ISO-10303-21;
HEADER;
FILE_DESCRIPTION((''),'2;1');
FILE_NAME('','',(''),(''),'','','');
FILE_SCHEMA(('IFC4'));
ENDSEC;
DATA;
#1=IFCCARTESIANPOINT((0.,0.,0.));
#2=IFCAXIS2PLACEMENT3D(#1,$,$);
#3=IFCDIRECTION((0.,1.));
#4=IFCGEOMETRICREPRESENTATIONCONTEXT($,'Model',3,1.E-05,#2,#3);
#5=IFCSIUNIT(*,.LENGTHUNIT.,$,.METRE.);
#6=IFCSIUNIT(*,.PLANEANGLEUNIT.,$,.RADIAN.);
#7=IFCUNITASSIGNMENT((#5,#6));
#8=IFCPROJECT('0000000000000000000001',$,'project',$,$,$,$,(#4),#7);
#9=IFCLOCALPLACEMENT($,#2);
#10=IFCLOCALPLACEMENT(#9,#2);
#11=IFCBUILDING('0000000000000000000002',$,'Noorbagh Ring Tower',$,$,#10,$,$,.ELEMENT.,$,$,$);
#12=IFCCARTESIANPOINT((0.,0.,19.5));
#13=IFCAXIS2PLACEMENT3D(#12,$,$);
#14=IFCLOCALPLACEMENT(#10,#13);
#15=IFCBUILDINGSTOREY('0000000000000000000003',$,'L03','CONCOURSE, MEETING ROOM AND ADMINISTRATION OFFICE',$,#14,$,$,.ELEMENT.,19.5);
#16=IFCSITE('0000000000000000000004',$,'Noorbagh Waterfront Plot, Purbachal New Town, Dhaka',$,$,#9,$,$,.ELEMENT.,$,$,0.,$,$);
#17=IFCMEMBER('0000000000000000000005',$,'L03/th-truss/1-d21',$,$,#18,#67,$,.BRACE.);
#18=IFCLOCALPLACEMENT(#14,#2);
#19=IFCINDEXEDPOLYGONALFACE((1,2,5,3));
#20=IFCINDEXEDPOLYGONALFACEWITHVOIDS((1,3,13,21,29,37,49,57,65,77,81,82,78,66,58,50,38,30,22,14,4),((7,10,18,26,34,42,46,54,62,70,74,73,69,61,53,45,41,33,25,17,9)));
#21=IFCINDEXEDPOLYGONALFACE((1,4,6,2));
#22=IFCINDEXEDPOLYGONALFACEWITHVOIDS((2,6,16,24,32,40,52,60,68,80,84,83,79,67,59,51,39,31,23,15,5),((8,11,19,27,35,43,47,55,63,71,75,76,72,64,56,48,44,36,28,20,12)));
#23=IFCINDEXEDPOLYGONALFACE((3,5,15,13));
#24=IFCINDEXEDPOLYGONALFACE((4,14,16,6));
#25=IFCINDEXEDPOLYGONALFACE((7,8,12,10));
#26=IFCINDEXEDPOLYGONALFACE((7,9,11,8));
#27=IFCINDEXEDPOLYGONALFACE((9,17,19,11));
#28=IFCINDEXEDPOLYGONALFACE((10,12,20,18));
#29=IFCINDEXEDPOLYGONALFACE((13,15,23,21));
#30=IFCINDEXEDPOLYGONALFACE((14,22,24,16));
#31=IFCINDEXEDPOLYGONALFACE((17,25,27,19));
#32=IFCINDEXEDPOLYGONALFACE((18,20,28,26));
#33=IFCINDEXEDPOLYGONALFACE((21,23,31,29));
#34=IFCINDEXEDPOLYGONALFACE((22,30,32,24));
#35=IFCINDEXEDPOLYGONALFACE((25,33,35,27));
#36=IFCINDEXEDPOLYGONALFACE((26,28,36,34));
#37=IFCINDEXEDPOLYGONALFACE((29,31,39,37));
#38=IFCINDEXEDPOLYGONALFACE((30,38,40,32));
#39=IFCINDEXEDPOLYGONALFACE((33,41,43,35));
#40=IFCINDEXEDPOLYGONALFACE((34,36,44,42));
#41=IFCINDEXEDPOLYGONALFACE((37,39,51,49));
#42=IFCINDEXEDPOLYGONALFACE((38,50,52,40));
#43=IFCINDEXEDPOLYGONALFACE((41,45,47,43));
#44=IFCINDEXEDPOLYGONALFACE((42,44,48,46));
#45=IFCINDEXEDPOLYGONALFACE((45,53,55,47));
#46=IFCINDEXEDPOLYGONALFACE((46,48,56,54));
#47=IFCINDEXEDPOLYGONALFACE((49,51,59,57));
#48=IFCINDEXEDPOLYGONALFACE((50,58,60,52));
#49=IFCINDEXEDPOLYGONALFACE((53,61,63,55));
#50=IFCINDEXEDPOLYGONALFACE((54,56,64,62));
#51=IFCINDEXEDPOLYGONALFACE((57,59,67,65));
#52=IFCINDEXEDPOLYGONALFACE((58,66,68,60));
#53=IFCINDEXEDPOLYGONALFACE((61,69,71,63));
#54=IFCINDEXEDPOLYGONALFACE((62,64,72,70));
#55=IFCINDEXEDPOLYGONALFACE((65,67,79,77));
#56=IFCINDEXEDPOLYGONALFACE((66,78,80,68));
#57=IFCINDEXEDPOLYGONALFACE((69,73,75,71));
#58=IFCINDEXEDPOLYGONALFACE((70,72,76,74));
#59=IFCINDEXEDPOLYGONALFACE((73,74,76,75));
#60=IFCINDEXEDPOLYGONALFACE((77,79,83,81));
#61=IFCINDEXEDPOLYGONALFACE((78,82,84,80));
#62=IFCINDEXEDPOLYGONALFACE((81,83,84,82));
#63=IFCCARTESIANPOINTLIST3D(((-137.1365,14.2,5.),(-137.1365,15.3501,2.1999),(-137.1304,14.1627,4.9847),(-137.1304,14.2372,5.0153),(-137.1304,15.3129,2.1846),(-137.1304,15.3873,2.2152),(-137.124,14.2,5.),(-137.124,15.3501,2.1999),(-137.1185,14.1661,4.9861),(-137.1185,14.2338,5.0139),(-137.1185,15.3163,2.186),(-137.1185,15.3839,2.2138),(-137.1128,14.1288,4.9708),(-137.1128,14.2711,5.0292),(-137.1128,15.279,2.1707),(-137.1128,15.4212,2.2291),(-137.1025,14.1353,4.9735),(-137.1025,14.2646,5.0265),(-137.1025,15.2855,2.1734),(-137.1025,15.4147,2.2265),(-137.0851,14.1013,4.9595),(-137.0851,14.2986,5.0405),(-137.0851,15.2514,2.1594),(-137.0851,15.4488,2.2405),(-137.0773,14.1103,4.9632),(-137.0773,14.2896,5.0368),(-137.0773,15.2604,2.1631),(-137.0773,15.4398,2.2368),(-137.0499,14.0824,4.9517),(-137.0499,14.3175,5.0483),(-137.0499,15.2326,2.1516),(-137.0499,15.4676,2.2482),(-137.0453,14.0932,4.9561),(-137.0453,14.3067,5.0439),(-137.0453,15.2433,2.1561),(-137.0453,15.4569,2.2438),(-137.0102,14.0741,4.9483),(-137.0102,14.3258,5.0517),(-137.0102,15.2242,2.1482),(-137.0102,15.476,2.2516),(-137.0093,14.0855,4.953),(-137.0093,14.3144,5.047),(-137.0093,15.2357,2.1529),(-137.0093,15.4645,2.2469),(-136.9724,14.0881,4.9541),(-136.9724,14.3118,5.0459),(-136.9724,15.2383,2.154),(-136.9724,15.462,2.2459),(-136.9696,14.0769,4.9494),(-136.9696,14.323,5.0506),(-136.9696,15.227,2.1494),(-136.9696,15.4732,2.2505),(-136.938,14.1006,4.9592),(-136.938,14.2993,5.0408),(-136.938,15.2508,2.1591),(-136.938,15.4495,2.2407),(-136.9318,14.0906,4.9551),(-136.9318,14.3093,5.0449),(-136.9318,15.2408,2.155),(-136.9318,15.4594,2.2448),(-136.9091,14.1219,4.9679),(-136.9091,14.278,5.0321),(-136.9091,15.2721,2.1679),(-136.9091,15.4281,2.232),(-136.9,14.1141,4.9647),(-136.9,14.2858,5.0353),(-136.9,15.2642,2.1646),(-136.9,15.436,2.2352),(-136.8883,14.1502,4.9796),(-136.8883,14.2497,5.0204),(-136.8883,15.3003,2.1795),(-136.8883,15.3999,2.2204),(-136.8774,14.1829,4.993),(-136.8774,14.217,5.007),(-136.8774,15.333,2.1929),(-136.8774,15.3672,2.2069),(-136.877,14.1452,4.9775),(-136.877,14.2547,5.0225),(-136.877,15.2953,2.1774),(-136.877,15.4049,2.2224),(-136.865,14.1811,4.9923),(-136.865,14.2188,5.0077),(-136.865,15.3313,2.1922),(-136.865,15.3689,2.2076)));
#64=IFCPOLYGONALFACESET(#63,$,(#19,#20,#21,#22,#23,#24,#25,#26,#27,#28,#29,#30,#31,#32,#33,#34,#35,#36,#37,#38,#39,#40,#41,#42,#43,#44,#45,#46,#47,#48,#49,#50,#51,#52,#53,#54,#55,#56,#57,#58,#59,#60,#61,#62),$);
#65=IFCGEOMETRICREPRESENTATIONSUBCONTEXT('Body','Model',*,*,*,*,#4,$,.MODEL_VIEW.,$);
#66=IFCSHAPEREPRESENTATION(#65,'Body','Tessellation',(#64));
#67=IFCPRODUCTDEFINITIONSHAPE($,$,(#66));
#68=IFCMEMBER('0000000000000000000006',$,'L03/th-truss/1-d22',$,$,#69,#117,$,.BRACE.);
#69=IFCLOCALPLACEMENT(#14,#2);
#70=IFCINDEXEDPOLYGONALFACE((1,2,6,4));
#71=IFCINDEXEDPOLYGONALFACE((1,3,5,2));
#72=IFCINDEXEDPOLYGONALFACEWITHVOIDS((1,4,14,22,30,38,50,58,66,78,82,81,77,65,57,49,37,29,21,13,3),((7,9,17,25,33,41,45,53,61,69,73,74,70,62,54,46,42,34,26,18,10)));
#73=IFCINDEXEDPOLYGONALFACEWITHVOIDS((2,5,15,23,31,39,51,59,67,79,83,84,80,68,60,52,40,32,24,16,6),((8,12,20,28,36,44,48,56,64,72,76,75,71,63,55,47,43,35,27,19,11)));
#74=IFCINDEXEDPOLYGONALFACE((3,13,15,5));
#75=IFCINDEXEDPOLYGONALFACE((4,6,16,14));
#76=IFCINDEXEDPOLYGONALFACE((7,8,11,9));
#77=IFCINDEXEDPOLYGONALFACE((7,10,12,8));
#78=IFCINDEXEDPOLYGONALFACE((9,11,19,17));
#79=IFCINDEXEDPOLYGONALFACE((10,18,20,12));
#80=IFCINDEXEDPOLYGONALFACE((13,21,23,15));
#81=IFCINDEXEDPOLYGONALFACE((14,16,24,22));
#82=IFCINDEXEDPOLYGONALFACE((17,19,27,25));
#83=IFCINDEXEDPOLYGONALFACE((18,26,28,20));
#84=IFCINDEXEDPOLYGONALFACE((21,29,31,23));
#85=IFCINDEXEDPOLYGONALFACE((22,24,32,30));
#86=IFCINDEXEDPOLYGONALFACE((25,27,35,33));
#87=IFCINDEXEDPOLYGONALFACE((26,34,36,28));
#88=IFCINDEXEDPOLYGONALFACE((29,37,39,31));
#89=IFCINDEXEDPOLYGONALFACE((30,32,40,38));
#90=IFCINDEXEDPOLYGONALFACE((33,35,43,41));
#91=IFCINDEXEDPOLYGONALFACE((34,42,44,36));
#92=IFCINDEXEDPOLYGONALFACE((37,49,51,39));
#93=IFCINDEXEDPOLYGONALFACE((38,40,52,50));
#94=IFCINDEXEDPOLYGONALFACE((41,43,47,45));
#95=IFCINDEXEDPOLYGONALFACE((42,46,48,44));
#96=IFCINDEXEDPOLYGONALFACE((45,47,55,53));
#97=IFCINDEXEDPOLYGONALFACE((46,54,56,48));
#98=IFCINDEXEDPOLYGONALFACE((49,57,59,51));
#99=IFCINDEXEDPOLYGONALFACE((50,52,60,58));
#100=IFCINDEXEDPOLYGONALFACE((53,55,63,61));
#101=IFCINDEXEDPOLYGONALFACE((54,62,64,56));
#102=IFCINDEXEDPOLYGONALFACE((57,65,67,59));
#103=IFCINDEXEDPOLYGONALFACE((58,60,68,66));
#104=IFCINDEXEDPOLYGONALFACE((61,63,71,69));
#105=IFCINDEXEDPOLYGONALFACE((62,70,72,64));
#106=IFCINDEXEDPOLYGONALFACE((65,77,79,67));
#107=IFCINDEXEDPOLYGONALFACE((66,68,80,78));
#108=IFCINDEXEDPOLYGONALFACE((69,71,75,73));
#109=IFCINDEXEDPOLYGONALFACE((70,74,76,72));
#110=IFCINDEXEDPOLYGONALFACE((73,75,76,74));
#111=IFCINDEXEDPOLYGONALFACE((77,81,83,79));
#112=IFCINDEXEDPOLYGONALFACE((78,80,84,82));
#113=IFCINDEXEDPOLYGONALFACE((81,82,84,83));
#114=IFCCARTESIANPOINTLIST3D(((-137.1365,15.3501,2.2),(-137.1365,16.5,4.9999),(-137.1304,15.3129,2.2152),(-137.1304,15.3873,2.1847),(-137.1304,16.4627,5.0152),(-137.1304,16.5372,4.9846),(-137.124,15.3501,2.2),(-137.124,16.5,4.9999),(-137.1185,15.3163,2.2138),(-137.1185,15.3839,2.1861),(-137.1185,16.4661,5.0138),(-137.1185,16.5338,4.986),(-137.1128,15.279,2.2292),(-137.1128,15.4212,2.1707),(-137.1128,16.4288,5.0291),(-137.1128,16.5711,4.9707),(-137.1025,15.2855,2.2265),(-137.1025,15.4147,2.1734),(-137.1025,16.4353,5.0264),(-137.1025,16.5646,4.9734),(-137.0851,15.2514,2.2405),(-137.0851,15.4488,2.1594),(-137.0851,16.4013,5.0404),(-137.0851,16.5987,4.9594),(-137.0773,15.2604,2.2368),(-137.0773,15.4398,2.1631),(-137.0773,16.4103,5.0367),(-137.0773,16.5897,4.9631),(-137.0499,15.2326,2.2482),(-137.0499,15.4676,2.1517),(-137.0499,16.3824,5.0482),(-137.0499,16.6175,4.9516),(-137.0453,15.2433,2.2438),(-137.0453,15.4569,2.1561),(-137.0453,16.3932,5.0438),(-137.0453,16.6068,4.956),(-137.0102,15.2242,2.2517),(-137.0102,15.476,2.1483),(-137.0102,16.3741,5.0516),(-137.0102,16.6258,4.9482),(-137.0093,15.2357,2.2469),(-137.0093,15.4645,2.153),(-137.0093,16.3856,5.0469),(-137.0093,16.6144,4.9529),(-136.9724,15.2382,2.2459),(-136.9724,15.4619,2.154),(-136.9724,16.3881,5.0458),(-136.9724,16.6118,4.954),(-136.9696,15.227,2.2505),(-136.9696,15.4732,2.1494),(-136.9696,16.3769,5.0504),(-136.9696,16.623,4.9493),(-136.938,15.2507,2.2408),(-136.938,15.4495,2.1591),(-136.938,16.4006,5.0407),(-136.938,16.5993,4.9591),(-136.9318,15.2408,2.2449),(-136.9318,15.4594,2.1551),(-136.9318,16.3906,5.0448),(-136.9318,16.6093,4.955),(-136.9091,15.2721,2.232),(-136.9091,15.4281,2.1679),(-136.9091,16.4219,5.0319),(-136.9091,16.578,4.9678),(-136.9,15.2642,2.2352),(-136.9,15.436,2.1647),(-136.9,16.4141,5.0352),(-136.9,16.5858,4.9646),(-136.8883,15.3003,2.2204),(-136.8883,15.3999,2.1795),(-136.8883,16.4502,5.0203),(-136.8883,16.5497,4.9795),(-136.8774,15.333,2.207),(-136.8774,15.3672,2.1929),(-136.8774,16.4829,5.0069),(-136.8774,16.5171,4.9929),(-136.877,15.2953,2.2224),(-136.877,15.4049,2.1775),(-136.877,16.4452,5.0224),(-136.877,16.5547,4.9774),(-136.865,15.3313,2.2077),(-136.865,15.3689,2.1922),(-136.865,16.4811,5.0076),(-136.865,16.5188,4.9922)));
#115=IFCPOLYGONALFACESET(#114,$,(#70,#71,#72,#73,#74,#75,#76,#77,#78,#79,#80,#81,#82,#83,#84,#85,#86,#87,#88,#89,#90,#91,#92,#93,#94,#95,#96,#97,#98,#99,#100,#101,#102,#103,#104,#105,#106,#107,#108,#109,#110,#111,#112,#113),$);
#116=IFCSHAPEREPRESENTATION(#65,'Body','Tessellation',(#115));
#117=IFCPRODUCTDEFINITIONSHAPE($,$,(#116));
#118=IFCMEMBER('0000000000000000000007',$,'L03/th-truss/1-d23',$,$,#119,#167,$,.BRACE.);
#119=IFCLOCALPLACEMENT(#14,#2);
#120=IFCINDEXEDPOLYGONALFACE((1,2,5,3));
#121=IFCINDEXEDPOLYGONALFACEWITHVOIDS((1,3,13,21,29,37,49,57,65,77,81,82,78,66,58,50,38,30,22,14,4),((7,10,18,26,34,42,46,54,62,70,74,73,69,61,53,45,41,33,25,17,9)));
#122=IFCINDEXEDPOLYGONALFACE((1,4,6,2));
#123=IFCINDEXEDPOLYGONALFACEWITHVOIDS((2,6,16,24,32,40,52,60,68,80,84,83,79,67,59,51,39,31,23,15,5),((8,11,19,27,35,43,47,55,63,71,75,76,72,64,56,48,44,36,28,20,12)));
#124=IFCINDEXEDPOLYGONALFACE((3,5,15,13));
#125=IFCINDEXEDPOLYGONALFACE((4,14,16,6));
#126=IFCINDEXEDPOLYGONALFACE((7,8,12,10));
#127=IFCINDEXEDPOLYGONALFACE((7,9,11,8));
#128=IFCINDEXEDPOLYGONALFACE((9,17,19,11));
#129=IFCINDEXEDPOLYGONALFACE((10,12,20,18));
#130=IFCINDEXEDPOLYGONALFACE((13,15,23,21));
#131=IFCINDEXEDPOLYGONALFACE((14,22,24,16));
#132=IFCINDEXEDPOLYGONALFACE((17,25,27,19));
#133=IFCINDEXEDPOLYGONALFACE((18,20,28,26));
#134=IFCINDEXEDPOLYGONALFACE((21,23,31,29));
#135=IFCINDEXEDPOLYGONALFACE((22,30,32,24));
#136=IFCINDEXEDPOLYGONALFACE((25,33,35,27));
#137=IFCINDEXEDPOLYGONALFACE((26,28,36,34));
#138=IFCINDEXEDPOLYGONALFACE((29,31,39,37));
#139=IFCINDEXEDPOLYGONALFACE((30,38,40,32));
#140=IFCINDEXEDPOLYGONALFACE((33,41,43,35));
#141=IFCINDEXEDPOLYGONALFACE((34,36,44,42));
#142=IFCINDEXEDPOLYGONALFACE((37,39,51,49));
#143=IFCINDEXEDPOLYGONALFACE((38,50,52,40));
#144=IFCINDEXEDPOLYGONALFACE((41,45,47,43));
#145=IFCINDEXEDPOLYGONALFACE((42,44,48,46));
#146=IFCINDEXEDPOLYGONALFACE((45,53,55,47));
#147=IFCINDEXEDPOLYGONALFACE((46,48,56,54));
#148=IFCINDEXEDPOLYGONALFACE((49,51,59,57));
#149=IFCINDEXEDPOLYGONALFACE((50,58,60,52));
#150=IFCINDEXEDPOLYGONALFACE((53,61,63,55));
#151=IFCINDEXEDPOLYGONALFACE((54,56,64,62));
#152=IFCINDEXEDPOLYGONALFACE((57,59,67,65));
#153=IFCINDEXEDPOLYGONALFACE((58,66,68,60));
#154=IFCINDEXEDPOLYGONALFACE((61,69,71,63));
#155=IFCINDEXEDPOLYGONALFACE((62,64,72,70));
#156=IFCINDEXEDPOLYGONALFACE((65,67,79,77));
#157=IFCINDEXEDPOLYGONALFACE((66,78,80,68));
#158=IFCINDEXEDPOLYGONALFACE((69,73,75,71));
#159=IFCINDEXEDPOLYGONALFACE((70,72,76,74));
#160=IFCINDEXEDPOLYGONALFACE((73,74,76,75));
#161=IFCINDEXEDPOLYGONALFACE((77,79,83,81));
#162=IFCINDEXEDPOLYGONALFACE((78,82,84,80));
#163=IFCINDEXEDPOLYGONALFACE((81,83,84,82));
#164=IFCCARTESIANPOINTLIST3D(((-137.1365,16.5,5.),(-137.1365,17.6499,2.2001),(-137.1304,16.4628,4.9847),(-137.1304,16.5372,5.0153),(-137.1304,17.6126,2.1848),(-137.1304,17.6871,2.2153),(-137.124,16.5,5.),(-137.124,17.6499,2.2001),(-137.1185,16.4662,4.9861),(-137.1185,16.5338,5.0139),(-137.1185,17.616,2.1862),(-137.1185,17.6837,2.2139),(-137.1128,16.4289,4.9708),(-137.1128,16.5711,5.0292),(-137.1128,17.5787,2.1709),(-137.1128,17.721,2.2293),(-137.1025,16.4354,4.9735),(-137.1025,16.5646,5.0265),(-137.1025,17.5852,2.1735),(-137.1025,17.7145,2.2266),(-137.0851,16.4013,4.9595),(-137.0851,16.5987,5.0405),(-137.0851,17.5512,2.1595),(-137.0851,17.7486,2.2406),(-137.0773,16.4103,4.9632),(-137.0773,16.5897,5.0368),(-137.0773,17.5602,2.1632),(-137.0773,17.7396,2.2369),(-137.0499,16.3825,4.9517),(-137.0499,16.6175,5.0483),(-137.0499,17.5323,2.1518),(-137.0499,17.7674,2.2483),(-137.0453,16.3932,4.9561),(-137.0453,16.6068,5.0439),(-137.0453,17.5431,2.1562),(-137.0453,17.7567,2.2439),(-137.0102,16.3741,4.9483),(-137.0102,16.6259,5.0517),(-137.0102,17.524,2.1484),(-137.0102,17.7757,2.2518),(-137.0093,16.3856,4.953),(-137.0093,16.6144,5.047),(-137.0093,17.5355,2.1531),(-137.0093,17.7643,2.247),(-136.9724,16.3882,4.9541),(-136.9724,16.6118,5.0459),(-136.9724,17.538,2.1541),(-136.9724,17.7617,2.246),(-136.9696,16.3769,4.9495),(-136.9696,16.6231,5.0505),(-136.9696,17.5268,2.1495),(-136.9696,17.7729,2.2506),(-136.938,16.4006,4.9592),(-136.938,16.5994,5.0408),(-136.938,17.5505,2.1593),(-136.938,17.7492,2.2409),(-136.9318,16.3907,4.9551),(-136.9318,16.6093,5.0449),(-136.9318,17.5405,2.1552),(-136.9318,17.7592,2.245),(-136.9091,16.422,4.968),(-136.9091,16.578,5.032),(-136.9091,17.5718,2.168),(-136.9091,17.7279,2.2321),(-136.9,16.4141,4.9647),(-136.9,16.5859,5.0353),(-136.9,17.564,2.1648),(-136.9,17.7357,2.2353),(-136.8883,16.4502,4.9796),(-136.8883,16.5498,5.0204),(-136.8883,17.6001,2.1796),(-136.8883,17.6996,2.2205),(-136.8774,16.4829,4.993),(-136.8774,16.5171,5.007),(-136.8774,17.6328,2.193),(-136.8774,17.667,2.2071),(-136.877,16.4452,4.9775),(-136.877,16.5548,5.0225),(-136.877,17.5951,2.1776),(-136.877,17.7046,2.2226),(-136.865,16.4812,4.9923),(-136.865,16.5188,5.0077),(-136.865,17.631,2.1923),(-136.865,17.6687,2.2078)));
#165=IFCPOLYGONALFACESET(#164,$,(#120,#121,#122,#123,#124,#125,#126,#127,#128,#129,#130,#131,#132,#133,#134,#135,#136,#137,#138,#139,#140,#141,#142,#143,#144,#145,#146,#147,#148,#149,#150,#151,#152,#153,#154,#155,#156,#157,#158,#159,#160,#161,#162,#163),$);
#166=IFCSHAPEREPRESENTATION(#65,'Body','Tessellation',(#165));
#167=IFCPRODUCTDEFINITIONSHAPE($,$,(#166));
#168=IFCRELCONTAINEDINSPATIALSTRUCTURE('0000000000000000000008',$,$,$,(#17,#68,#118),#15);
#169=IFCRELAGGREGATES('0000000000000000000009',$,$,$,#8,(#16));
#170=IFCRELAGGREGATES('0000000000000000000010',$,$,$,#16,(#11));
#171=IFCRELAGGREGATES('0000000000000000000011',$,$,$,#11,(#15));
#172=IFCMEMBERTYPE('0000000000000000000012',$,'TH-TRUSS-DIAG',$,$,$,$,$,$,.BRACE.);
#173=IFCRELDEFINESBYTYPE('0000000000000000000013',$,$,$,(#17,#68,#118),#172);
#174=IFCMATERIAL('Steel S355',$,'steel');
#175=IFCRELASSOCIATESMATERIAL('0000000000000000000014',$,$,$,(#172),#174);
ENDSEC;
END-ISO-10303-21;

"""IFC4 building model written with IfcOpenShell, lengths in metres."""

from ifc_helpers import new_model, si_unit, direction, frame, origin, origin_2d, place, context, subcontext, project, spatial, hollow_circle, extrude, material, material_profile, profile_set, type_object, element, save


model = new_model("IFC4")

# Units and contexts
model_context = context("Model", 3, precision=1e-05, world=origin(), true_north=direction((0.0, 1.0)))
body_context = subcontext(model_context, "Body", "Model", "MODEL_VIEW")
ifc_project = project(units=[si_unit("LENGTHUNIT", "METRE"), si_unit("PLANEANGLEUNIT", "RADIAN")], contexts=[model_context])

# Site, building, storey
site_placement = place(None, origin())
site = spatial("IfcSite", under=ifc_project, at=site_placement, Name="Noorbagh Waterfront Plot, Purbachal New Town, Dhaka", CompositionType="ELEMENT", RefElevation=0.0)
building_placement = place(site_placement, origin())
building = spatial("IfcBuilding", under=site, at=building_placement, Name="Noorbagh Ring Tower", CompositionType="ELEMENT")
storey_placement = place(building_placement, frame((0.0, 0.0, 19.5)))
storey = spatial("IfcBuildingStorey", under=building, at=storey_placement, Name="L03", Description="CONCOURSE, MEETING ROOM AND ADMINISTRATION OFFICE", CompositionType="ELEMENT", Elevation=19.5)

# Members
ifc_material_1 = material(Name="Steel S355", Category="steel")
ifc_material_profile = material_profile(ifc_material_1, hollow_circle(Radius=0.1365, WallThickness=0.0125, at=origin_2d()), Name="CHS273x12.5")
ifc_profile_set = profile_set([ifc_material_profile], Name="Steel S355")
member_type = type_object("IfcMemberType", Name="TH-TRUSS-DIAG", PredefinedType="BRACE", material=ifc_profile_set)
member_1_placement = place(storey_placement, frame((-137.0, 14.2, 5.0), z_axis=(0.0, 0.379955, -0.925005), x_axis=(-1.0, 0.0, 0.0)))
element("IfcMember", 1, at=member_1_placement, inside=storey, type_object=member_type, Name="L03/th-truss/1-d21", PredefinedType="BRACE", context=body_context, shape_type="SweptSolid", body=[
    extrude(hollow_circle(Radius=0.1365, WallThickness=0.0125, at=origin_2d()), origin(), (0.0, 0.0, 1.0), 3.0271),
])
for number, where, z_axis, x_axis, name in (
    (2, (-137.0, 15.3501, 2.2), (0.0, 0.379886, 0.925033), (-1.0, 0.0, 0.0), "L03/th-truss/1-d22"),
    (3, (-137.0, 16.5, 5.0), (0.0, 0.379886, -0.925033), (-1.0, 0.0, 0.0), "L03/th-truss/1-d23"),
):
    element("IfcMember", number, at=place(storey_placement, frame(where, z_axis=z_axis, x_axis=x_axis)), inside=storey, type_object=member_type, Name=name, PredefinedType="BRACE", context=body_context, shape_type="SweptSolid", body=[
        extrude(hollow_circle(Radius=0.1365, WallThickness=0.0125, at=origin_2d()), origin(), (0.0, 0.0, 1.0), 3.0269),
    ])

save(model, "model.ifc")
